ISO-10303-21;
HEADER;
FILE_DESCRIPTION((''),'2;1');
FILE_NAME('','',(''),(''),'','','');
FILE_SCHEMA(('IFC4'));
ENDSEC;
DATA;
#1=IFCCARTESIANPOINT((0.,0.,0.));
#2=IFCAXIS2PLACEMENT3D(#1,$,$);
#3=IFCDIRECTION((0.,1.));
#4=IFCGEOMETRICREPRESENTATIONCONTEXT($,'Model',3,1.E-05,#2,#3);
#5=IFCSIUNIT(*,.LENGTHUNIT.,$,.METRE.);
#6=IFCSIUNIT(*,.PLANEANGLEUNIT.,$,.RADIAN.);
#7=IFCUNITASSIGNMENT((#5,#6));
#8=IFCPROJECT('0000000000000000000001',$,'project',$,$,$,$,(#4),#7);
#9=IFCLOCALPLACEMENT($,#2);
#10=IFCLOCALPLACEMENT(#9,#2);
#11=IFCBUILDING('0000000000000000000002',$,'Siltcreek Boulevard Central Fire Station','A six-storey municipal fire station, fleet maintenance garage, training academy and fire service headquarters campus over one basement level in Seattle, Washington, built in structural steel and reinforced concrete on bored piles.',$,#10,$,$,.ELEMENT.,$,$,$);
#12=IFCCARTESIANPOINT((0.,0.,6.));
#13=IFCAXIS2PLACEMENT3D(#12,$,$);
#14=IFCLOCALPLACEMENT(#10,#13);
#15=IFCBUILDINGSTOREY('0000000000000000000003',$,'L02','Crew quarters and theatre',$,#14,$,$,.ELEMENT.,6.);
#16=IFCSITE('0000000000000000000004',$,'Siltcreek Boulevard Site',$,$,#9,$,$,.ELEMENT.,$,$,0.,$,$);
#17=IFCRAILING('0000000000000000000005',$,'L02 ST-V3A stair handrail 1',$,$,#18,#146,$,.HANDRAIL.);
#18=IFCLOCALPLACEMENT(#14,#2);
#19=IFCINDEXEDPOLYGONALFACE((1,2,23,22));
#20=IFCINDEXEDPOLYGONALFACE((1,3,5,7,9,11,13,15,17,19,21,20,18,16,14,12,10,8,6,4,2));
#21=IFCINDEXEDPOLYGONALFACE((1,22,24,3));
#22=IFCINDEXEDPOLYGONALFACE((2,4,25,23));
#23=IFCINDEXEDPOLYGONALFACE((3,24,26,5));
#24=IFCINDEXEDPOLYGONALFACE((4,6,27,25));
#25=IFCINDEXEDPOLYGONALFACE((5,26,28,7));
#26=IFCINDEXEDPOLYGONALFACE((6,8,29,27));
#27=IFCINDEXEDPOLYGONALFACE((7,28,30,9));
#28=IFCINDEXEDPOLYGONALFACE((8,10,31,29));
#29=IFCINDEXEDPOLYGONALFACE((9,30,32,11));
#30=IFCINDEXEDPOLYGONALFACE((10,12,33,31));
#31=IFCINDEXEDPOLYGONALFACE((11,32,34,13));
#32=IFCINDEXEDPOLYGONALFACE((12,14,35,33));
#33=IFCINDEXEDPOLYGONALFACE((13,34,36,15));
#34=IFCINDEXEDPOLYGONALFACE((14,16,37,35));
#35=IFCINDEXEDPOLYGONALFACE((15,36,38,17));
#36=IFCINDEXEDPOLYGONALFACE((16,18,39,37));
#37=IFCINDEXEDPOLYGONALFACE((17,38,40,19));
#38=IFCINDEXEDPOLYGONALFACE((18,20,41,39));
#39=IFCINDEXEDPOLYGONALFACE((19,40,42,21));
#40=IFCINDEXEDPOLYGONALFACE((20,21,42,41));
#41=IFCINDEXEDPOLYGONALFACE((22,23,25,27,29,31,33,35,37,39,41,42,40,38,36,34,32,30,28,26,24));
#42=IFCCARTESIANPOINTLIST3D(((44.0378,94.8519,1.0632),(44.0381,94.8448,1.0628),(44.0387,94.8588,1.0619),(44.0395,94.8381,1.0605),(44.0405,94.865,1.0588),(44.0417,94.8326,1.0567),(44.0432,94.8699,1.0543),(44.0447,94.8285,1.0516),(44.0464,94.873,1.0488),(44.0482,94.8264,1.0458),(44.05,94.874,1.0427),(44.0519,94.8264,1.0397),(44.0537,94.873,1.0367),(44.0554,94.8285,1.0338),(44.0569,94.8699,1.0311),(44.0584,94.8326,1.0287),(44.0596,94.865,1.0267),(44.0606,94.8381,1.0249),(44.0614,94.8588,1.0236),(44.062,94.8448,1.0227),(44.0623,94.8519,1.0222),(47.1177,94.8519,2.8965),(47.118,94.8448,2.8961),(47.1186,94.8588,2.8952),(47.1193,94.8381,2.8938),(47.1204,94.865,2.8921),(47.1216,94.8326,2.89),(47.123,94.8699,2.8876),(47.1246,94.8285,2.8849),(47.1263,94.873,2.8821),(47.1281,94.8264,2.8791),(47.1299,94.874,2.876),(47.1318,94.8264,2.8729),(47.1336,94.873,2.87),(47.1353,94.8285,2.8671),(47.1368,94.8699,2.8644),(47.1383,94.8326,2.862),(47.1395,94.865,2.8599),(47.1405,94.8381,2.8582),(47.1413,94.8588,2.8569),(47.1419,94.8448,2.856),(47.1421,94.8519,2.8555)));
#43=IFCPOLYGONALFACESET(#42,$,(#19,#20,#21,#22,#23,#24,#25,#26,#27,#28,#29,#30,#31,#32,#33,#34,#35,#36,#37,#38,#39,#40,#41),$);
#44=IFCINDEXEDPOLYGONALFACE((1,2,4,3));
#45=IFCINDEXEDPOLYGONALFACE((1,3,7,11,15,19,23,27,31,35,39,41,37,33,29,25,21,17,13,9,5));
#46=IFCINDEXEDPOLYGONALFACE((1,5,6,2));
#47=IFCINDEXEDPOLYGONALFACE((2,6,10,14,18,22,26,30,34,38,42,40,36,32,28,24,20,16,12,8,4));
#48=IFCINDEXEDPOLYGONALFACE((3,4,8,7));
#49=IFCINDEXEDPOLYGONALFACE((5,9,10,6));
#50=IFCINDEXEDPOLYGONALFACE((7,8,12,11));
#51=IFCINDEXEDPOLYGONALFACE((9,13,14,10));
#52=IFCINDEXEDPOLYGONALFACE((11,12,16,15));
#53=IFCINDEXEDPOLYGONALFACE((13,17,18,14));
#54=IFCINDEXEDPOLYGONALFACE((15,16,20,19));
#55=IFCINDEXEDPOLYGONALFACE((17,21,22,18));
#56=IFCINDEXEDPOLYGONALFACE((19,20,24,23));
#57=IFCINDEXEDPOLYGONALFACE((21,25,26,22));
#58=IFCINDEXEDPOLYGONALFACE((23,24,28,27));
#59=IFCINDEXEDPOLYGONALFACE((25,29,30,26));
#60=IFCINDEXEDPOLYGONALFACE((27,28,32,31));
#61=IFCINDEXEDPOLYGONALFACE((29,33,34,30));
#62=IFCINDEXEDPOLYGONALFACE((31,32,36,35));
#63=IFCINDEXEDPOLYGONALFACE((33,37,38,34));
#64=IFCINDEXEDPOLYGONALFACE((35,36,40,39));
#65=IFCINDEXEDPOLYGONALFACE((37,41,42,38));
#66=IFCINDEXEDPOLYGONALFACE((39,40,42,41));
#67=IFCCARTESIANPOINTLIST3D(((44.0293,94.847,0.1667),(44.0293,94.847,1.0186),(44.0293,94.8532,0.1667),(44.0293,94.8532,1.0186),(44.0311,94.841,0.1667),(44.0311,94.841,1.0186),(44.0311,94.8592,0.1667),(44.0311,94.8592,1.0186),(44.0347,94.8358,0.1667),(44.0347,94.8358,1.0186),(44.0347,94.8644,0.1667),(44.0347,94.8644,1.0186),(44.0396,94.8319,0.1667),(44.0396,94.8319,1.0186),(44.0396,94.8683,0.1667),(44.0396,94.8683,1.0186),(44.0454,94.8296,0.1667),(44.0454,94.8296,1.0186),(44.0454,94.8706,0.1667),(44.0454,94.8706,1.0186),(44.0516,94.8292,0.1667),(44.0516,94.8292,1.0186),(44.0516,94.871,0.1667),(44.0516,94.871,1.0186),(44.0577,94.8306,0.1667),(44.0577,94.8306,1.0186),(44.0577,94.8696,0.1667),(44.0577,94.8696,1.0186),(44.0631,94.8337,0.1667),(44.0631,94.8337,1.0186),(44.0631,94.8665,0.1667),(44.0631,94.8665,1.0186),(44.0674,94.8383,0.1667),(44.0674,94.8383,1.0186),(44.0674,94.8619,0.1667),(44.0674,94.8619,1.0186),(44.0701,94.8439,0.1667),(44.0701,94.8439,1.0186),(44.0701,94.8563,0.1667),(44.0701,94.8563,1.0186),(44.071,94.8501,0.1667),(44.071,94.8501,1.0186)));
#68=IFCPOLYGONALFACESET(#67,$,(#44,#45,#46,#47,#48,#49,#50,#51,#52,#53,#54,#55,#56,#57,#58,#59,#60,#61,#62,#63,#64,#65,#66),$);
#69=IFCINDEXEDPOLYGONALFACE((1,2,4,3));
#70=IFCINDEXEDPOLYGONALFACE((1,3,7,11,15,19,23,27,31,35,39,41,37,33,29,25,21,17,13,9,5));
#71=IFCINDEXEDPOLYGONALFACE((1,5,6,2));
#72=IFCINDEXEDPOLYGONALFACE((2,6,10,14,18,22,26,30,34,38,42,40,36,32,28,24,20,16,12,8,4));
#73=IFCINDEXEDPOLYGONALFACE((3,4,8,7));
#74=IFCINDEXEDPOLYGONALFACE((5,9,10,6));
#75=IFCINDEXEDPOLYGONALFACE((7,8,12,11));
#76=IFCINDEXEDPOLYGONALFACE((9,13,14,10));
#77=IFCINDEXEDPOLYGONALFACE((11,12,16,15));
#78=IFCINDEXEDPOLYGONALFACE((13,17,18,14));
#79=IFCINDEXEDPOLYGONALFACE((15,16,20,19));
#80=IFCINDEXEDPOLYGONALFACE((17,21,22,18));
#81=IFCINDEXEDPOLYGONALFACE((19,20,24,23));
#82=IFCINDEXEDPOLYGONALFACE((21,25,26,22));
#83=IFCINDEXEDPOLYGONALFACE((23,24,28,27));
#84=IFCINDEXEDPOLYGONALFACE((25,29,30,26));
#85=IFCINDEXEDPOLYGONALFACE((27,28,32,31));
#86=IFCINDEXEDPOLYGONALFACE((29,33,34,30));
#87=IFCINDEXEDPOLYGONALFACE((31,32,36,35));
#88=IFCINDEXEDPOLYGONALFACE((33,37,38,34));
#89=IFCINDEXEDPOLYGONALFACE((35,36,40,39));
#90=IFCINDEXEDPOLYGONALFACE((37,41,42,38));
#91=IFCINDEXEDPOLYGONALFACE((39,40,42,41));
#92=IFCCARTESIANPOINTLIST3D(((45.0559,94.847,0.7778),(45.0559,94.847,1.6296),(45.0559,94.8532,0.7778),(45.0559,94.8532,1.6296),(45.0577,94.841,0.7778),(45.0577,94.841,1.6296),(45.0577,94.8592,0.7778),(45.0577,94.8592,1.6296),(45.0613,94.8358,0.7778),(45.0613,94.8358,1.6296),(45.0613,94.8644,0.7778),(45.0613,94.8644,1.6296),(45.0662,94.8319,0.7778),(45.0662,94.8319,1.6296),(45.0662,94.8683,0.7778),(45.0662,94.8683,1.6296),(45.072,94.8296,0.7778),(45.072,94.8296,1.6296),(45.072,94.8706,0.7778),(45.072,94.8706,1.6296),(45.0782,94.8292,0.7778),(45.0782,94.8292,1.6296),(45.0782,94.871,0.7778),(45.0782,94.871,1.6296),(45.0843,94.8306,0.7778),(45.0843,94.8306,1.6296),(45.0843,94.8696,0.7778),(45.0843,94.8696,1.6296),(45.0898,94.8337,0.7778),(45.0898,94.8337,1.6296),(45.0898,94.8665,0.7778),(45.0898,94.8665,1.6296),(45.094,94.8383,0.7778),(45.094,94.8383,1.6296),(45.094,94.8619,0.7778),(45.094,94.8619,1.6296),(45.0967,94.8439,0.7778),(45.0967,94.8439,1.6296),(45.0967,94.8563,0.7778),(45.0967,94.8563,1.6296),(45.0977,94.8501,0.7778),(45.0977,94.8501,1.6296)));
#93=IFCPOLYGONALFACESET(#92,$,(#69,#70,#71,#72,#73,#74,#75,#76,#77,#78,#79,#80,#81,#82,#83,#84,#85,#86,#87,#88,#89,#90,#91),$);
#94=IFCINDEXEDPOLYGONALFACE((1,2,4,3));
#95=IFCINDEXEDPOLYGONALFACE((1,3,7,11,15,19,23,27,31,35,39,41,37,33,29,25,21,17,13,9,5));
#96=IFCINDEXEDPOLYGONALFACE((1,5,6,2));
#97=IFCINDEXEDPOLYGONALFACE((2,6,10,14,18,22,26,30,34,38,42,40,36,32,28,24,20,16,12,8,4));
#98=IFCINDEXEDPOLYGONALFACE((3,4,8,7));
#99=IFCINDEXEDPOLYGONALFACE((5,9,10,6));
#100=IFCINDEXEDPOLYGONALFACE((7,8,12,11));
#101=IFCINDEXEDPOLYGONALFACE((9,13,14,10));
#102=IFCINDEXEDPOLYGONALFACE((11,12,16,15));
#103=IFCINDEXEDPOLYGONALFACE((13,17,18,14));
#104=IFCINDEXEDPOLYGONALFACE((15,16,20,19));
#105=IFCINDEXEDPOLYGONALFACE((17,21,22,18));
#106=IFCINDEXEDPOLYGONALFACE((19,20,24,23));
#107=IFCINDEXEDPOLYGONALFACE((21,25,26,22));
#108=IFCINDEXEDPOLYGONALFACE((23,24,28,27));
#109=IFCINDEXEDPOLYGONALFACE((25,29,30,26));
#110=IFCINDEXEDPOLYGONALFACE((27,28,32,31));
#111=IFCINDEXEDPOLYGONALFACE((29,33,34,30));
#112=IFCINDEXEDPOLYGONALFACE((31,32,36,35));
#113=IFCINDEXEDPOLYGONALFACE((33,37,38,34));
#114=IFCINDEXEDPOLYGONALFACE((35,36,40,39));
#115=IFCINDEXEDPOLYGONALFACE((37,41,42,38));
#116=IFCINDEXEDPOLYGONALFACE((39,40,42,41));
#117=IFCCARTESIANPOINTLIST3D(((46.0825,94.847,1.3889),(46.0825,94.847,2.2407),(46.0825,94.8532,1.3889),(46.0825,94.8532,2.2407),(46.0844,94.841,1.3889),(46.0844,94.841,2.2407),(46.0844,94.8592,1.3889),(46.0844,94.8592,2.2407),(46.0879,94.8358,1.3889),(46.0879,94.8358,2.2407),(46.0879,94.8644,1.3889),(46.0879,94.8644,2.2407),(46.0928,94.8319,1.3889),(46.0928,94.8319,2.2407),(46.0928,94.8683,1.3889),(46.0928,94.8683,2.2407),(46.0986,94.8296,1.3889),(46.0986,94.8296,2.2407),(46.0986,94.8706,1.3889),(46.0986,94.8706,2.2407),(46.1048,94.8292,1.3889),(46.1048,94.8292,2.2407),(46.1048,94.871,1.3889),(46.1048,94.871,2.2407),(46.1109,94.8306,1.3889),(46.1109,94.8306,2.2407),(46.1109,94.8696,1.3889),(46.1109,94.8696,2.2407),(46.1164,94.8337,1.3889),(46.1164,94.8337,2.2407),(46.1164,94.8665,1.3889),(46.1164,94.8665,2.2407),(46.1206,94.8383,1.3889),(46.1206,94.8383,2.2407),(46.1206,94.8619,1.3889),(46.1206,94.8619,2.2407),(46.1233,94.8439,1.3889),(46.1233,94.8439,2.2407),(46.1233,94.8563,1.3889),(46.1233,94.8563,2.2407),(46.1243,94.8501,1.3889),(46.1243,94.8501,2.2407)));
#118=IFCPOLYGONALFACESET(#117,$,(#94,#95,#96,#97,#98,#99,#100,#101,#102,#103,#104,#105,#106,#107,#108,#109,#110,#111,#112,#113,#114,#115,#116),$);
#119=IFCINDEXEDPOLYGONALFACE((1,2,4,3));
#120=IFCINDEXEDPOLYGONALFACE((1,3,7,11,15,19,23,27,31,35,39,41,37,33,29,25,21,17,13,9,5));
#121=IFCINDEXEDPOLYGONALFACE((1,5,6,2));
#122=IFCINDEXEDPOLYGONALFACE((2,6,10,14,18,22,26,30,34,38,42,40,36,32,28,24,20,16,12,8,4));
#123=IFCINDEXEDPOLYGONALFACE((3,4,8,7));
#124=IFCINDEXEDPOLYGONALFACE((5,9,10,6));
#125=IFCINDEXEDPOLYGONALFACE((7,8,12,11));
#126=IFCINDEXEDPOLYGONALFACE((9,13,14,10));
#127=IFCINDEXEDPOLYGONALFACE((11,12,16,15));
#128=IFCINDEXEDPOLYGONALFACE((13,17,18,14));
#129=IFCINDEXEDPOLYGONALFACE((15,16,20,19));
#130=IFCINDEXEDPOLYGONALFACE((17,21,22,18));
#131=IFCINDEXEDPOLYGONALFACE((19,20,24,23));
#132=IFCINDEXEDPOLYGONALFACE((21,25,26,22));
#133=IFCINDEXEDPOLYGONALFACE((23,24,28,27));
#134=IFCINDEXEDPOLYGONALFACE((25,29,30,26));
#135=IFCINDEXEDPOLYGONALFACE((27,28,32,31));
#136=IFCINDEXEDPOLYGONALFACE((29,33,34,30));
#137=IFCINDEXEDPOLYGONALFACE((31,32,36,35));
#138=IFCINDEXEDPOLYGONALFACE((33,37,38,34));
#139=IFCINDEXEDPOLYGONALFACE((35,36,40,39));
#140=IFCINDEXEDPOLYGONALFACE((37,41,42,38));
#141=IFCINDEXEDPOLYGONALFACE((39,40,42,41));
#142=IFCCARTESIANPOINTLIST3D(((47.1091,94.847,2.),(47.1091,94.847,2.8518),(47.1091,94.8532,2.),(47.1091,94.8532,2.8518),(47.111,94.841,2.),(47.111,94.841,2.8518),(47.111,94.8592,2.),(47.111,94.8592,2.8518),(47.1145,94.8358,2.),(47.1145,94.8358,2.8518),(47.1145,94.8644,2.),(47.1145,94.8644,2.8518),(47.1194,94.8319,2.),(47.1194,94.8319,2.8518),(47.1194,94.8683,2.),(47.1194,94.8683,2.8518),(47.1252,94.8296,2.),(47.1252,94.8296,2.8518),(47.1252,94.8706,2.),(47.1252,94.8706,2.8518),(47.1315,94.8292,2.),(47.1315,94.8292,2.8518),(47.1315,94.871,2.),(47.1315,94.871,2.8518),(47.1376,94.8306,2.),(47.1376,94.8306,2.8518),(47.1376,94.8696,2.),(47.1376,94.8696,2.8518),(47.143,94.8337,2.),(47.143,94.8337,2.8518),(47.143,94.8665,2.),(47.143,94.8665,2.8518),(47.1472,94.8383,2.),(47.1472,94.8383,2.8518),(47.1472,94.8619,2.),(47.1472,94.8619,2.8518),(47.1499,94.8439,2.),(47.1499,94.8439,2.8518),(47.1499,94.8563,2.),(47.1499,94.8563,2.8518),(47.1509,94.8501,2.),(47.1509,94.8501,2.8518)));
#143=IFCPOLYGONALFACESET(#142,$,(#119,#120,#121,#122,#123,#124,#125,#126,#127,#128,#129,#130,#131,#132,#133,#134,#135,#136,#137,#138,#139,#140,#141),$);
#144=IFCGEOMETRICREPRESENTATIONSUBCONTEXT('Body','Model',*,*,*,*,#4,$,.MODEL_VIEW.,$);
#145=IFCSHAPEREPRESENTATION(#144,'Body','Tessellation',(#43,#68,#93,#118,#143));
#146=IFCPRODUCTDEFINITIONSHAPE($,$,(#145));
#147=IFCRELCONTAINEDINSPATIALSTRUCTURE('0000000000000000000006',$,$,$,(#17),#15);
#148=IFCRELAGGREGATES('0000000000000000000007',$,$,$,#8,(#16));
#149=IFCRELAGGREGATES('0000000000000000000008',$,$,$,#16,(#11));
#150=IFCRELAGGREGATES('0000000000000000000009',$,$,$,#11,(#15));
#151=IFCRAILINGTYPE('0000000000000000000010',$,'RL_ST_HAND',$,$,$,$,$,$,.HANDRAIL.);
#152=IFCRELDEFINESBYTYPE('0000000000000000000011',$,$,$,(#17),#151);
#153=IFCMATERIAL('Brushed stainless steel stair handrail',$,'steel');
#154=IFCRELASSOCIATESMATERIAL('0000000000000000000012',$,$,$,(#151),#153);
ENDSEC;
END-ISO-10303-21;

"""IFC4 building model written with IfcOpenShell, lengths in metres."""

from ifc_helpers import new_model, si_unit, direction, frame, origin, origin_2d, place, context, subcontext, project, spatial, circle, extrude, material, type_object, element, save


model = new_model("IFC4")

# Units and contexts
model_context = context("Model", 3, precision=1e-05, world=origin(), true_north=direction((0.0, 1.0)))
body_context = subcontext(model_context, "Body", "Model", "MODEL_VIEW")
ifc_project = project(units=[si_unit("LENGTHUNIT", "METRE"), si_unit("PLANEANGLEUNIT", "RADIAN")], contexts=[model_context])

# Site, building, storey
site_placement = place(None, origin())
site = spatial("IfcSite", under=ifc_project, at=site_placement, Name="Siltcreek Boulevard Site", CompositionType="ELEMENT", RefElevation=0.0)
building_placement = place(site_placement, origin())
building = spatial("IfcBuilding", under=site, at=building_placement, Name="Siltcreek Boulevard Central Fire Station", Description="A six-storey municipal fire station, fleet maintenance garage, training academy and fire service headquarters campus over one basement level in Seattle, Washington, built in structural steel and reinforced concrete on bored piles.", CompositionType="ELEMENT")
storey_placement = place(building_placement, frame((0.0, 0.0, 6.0)))
storey = spatial("IfcBuildingStorey", under=building, at=storey_placement, Name="L02", Description="Crew quarters and theatre", CompositionType="ELEMENT", Elevation=6.0)

# Railing
ifc_material_1 = material(Name="Brushed stainless steel stair handrail", Category="steel")
railing_type_1 = type_object("IfcRailingType", Name="RL_ST_HAND", PredefinedType="HANDRAIL", material=ifc_material_1)
railing_1_placement = place(storey_placement, frame((44.05, 94.8501, 0.1667)))
element("IfcRailing", 1, at=railing_1_placement, inside=storey, type_object=railing_type_1, Name="L02 ST-V3A stair handrail 1", PredefinedType="HANDRAIL", context=body_context, shape_type="SweptSolid", body=[
    extrude(circle(Radius=0.0239, at=origin_2d()), frame((0.0, 0.0, 0.876), z_axis=(0.859291, 0.0, 0.511487), x_axis=(0.0, 1.0, 0.0)), (0.0, 0.0, 1.0), 3.5842),
    extrude(circle(Radius=0.021, at=origin_2d()), origin(), (0.0, 0.0, 1.0), 0.8518),
    extrude(circle(Radius=0.021, at=origin_2d()), frame((1.0266, 0.0, 0.6111)), (0.0, 0.0, 1.0), 0.8518),
    extrude(circle(Radius=0.021, at=origin_2d()), frame((2.0532, 0.0, 1.2222)), (0.0, 0.0, 1.0), 0.8518),
    extrude(circle(Radius=0.021, at=origin_2d()), frame((3.0798, 0.0, 1.8333)), (0.0, 0.0, 1.0), 0.8518),
])

save(model, "model.ifc")
